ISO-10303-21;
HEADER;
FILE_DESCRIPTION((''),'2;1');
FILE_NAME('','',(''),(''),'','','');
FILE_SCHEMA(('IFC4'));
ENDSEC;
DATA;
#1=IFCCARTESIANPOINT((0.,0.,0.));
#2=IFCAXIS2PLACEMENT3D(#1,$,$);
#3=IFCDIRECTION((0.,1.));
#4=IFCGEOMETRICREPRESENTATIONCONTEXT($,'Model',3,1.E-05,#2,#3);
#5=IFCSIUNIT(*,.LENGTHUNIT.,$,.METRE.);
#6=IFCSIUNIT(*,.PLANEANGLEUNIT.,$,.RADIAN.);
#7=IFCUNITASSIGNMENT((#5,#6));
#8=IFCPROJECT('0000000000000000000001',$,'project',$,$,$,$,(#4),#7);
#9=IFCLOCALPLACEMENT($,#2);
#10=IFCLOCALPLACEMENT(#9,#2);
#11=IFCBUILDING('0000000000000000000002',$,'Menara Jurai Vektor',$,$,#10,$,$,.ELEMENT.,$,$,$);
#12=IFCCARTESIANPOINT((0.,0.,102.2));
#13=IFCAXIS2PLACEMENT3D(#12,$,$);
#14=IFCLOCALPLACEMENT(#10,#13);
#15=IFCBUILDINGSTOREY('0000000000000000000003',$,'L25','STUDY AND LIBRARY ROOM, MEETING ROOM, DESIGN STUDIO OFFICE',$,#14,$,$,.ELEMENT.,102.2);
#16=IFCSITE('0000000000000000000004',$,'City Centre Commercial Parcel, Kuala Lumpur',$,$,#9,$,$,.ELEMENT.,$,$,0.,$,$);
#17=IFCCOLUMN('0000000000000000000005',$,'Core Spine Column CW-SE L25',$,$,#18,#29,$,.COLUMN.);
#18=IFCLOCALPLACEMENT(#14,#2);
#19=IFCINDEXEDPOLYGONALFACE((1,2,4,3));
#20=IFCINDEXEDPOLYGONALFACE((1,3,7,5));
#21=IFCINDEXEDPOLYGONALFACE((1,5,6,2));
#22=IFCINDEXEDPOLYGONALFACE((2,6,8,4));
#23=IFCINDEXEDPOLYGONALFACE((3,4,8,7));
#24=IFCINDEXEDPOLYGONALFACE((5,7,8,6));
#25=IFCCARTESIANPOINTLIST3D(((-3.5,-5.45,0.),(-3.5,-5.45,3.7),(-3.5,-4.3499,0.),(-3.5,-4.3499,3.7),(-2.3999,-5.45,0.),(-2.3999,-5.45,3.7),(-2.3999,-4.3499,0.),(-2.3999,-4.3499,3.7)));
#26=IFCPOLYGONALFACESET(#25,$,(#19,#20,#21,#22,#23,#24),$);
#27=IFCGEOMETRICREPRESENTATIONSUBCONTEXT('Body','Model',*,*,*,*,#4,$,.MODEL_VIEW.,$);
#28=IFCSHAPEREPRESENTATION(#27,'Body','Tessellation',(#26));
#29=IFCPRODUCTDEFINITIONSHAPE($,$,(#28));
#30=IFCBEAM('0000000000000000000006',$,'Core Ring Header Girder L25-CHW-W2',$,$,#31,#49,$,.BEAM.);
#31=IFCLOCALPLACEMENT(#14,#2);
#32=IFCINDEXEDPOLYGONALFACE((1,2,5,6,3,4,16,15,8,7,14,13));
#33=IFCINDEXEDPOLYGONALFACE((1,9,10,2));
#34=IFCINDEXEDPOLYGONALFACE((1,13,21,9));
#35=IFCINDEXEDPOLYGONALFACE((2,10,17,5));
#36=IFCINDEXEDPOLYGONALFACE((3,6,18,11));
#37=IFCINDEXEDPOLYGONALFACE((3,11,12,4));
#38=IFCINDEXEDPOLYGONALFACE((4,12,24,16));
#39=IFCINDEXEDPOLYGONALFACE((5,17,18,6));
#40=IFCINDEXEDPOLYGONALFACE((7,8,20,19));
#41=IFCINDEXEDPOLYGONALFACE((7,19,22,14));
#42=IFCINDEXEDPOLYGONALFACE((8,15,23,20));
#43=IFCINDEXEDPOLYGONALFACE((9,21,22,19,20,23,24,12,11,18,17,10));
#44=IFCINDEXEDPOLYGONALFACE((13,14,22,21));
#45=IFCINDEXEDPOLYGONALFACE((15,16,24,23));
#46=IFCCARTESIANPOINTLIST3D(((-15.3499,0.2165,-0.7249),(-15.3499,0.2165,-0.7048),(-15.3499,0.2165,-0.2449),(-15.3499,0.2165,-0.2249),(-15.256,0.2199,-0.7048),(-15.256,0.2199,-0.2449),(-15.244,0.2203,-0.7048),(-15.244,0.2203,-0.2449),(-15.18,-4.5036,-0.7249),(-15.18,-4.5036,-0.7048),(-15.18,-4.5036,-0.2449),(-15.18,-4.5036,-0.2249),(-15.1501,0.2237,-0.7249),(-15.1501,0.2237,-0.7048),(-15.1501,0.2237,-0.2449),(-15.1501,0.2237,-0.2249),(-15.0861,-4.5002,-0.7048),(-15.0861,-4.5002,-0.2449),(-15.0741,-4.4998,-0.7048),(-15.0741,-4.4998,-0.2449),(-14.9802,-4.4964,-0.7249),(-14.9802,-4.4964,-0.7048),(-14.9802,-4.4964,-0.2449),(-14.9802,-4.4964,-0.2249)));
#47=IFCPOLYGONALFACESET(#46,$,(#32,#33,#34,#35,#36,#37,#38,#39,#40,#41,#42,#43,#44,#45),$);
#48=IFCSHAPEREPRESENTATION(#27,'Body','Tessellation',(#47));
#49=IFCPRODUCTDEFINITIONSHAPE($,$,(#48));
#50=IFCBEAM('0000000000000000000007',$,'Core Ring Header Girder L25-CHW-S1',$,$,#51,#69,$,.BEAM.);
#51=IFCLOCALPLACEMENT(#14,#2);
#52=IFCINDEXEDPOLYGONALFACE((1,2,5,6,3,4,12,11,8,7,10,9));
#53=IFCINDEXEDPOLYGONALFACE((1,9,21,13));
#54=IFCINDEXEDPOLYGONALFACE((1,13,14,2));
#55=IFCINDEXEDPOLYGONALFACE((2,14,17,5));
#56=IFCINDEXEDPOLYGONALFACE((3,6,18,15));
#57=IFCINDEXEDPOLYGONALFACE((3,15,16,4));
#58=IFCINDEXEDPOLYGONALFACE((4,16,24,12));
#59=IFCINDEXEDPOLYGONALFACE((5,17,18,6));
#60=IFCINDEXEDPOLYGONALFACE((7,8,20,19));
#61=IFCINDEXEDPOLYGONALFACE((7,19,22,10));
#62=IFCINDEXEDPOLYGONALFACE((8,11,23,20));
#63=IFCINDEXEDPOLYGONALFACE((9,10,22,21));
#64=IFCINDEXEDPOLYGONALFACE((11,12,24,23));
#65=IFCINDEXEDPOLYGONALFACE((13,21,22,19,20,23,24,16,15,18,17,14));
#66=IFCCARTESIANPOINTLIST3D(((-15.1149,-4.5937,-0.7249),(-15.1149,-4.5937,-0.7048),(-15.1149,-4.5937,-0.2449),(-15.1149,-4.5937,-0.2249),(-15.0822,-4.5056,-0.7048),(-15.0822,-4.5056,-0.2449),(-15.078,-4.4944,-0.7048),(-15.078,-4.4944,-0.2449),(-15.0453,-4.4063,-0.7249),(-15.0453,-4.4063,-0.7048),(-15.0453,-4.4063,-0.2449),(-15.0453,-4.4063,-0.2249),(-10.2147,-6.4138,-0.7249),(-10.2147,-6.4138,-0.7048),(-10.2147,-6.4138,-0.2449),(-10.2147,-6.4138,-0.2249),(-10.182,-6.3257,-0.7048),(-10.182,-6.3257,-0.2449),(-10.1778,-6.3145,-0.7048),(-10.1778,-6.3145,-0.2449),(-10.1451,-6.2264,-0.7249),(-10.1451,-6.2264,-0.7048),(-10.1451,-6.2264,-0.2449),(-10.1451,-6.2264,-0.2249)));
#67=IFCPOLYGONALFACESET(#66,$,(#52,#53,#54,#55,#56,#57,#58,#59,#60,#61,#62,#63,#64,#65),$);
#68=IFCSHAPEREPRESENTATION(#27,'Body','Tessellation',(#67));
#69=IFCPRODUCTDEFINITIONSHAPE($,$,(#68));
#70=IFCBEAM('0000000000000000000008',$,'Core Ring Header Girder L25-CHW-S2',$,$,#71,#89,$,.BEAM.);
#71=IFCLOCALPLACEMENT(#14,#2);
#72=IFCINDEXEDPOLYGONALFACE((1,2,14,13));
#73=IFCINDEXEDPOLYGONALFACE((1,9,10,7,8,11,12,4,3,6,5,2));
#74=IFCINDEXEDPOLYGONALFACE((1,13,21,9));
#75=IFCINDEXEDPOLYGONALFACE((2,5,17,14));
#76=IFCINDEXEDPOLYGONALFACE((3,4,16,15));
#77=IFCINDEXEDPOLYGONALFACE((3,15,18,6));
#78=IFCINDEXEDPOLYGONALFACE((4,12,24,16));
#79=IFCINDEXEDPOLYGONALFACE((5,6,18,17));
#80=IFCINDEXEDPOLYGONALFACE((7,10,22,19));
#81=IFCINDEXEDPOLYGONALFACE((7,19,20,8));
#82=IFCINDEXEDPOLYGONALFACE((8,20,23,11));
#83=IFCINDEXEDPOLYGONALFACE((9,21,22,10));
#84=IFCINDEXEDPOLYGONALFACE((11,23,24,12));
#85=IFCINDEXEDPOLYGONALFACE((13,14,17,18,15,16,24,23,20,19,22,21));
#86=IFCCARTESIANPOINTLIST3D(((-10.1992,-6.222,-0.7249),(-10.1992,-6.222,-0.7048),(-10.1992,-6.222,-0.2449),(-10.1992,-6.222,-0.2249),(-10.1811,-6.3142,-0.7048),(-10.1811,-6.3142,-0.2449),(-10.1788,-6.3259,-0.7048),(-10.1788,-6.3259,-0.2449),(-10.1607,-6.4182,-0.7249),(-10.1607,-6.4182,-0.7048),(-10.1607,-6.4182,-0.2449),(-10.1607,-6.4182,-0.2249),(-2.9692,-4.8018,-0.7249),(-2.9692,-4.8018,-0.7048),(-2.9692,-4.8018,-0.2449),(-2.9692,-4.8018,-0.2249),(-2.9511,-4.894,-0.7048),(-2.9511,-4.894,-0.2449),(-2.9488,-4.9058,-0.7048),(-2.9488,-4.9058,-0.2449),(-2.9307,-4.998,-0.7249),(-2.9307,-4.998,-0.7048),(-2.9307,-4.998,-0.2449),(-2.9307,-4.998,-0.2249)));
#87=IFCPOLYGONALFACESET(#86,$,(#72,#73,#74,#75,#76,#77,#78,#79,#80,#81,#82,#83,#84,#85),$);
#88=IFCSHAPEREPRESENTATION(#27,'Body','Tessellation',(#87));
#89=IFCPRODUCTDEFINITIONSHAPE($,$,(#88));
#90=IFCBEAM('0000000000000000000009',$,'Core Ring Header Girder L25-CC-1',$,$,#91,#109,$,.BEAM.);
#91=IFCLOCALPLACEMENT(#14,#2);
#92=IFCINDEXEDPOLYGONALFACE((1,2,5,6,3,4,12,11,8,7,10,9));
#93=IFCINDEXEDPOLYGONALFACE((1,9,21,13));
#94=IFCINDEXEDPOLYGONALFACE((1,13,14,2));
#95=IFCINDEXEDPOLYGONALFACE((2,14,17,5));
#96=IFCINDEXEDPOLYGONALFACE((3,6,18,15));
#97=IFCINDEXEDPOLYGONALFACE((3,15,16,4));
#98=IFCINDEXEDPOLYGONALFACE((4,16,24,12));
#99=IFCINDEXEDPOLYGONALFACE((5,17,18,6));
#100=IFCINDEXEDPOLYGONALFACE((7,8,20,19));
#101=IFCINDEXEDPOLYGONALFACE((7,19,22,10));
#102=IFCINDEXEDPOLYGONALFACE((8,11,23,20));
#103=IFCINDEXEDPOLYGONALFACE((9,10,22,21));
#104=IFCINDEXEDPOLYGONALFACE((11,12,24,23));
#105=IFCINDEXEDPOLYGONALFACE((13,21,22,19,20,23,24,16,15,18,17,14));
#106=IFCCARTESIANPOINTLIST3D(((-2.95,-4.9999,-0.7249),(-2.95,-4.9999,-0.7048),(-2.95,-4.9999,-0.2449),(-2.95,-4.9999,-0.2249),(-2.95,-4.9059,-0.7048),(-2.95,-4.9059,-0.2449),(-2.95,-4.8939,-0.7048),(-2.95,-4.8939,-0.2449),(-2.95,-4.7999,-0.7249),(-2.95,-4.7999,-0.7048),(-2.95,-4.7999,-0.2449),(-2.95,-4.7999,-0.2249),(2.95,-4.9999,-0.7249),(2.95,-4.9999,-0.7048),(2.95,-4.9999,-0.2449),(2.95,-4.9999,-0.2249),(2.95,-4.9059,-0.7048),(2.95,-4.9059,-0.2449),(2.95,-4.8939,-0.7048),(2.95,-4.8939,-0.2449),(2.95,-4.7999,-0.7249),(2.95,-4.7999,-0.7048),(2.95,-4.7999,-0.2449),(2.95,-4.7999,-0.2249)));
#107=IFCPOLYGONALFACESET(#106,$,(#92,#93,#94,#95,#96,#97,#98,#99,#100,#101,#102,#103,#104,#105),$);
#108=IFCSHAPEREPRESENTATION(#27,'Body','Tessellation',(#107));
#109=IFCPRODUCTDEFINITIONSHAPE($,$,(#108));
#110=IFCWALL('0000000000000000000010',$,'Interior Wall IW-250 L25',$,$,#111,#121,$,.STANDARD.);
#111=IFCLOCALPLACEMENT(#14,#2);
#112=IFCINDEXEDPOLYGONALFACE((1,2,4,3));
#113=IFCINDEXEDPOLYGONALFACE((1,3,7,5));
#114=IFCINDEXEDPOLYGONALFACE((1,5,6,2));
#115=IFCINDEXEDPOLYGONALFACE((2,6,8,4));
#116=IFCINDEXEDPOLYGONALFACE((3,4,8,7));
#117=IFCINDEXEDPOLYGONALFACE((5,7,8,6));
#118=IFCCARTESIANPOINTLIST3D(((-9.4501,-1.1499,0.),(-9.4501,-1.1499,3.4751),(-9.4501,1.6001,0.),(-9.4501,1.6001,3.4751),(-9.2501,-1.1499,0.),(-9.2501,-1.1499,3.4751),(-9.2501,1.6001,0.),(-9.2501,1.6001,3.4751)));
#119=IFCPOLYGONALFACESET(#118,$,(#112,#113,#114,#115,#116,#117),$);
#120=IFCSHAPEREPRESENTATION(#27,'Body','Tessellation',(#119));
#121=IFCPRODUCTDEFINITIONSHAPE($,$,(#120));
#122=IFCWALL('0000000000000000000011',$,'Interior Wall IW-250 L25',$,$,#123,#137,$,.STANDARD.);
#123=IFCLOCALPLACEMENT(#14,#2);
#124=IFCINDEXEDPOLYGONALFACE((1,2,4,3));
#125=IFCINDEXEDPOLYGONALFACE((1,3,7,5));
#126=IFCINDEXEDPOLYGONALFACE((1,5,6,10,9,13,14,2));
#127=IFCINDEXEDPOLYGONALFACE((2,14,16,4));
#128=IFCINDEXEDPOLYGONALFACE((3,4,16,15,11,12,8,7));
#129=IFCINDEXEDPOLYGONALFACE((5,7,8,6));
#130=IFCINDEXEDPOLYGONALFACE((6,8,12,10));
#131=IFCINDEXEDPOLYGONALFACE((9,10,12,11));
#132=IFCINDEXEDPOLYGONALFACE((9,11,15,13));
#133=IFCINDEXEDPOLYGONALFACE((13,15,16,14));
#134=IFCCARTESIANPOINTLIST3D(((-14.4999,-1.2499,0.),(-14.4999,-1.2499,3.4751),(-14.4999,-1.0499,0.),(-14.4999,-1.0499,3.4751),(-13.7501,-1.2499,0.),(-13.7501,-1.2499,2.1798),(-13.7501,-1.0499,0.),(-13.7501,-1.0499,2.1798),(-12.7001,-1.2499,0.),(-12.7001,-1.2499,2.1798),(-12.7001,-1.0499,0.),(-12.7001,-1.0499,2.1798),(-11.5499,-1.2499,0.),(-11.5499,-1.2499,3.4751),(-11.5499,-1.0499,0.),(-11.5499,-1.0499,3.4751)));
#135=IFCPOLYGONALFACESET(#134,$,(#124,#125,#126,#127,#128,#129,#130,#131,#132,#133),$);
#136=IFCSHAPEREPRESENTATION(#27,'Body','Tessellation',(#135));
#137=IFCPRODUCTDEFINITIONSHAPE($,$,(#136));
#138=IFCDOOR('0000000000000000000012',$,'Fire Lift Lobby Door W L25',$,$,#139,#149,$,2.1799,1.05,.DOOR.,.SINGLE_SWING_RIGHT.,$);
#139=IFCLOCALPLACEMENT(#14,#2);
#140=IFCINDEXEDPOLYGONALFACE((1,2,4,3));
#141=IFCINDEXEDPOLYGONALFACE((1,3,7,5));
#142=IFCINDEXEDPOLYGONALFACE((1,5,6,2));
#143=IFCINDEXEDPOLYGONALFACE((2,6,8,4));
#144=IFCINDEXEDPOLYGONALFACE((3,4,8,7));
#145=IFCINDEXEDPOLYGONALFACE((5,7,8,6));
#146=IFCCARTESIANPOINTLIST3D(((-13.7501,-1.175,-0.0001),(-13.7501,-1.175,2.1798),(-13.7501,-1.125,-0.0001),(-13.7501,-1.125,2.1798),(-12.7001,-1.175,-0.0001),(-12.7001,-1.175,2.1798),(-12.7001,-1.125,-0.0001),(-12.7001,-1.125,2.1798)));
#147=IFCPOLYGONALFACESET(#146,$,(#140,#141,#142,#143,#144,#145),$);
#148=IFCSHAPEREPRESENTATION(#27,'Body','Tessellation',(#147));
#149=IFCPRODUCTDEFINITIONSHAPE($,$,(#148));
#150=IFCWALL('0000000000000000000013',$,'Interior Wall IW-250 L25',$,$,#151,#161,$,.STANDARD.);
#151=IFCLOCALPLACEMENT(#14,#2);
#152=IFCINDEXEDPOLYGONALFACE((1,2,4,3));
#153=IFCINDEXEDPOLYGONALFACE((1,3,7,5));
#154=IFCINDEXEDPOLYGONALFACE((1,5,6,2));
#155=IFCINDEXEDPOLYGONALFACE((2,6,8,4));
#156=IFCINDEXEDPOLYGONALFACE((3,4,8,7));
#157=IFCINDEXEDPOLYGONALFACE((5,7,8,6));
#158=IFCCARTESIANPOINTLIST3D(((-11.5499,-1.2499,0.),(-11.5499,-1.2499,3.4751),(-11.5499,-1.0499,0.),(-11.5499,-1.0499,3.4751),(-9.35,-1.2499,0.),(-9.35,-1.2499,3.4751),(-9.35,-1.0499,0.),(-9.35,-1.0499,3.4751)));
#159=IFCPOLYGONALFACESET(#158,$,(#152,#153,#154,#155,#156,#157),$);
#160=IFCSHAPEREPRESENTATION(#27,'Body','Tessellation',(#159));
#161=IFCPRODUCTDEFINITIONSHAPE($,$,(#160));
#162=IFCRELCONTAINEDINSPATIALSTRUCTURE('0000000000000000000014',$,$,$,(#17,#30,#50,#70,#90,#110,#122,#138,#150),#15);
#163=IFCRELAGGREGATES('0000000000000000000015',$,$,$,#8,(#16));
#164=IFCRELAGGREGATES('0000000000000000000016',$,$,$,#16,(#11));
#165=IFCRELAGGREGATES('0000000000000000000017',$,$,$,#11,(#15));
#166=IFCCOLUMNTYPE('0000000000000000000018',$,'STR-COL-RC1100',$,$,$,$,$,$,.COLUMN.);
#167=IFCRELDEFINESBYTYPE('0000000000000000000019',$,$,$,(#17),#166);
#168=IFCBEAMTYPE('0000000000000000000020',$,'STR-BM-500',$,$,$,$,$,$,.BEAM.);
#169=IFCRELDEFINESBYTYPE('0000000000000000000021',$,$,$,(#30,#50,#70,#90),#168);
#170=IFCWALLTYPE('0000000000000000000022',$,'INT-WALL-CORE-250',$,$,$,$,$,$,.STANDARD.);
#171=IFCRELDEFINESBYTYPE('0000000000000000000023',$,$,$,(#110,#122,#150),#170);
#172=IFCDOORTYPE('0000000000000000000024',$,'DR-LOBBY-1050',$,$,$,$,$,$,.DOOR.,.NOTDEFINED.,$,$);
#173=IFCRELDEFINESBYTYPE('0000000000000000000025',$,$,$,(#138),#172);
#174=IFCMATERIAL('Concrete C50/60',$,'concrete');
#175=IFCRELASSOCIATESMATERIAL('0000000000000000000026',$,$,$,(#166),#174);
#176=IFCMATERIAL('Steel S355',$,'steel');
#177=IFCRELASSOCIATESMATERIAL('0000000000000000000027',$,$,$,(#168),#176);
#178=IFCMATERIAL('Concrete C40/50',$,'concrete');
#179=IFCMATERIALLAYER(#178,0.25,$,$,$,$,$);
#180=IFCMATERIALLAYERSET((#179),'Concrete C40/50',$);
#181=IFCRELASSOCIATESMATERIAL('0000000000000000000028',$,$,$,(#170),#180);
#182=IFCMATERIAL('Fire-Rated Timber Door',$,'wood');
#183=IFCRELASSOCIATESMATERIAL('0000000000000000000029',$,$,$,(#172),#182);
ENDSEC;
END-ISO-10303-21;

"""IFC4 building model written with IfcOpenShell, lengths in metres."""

from ifc_helpers import new_model, si_unit, direction, frame, frame_2d, origin, origin_2d, place, context, subcontext, project, spatial, rectangle, i_section, extrude, material, layer, layer_set, material_profile, profile_set, type_object, element, fill, save


model = new_model("IFC4")

# Units and contexts
model_context = context("Model", 3, precision=1e-05, world=origin(), true_north=direction((0.0, 1.0)))
body_context = subcontext(model_context, "Body", "Model", "MODEL_VIEW")
ifc_project = project(units=[si_unit("LENGTHUNIT", "METRE"), si_unit("PLANEANGLEUNIT", "RADIAN")], contexts=[model_context])

# Site, building, storey
site_placement = place(None, origin())
site = spatial("IfcSite", under=ifc_project, at=site_placement, Name="City Centre Commercial Parcel, Kuala Lumpur", CompositionType="ELEMENT", RefElevation=0.0)
building_placement = place(site_placement, origin())
building = spatial("IfcBuilding", under=site, at=building_placement, Name="Menara Jurai Vektor", CompositionType="ELEMENT")
storey_placement = place(building_placement, frame((0.0, 0.0, 102.2)))
storey = spatial("IfcBuildingStorey", under=building, at=storey_placement, Name="L25", Description="STUDY AND LIBRARY ROOM, MEETING ROOM, DESIGN STUDIO OFFICE", CompositionType="ELEMENT", Elevation=102.2)

# Column
ifc_material_1 = material(Name="Concrete C50/60", Category="concrete")
ifc_material_profile_1 = material_profile(ifc_material_1, rectangle(XDim=1.1001, YDim=1.1001, at=origin_2d()), Name="RC 1100x1100")
ifc_profile_set_1 = profile_set([ifc_material_profile_1], Name="Concrete C50/60")
column_type = type_object("IfcColumnType", Name="STR-COL-RC1100", PredefinedType="COLUMN", material=ifc_profile_set_1)
column_placement = place(storey_placement, frame((-2.95, -4.8999, 0.0), z_axis=(0.0, 0.0, 1.0), x_axis=(1.0, 0.0, 0.0)))
element("IfcColumn", 1, at=column_placement, inside=storey, type_object=column_type, Name="Core Spine Column CW-SE L25", PredefinedType="COLUMN", context=body_context, shape_type="SweptSolid", body=[
    extrude(rectangle(XDim=1.1001, YDim=1.1001, at=origin_2d()), origin(), (0.0, 0.0, 1.0), 3.7),
])

# Beams
ifc_material_2 = material(Name="Steel S355", Category="steel")
ifc_material_profile_2 = material_profile(ifc_material_2, i_section(OverallWidth=0.2, OverallDepth=0.5, WebThickness=0.012, FlangeThickness=0.02, at=origin_2d()), Name="PG 500x200x96")
ifc_profile_set_2 = profile_set([ifc_material_profile_2], Name="Steel S355")
beam_type = type_object("IfcBeamType", Name="STR-BM-500", PredefinedType="BEAM", material=ifc_profile_set_2)
beam_1_placement = place(storey_placement, frame((-15.0801, -4.5, -0.4749), z_axis=(-0.035977, 0.999353, 0.0), x_axis=(-0.999353, -0.035977, 0.0)))
element("IfcBeam", 2, at=beam_1_placement, inside=storey, type_object=beam_type, Name="Core Ring Header Girder L25-CHW-W2", PredefinedType="BEAM", context=body_context, shape_type="SweptSolid", body=[
    extrude(i_section(OverallWidth=0.2, OverallDepth=0.5, WebThickness=0.012, FlangeThickness=0.02, at=origin_2d()), origin(), (0.0, 0.0, 1.0), 4.7231),
])
beam_2_placement = place(storey_placement, frame((-15.0801, -4.5, -0.4749), z_axis=(0.937424, -0.348189, 0.0), x_axis=(0.348189, 0.937424, 0.0)))
element("IfcBeam", 3, at=beam_2_placement, inside=storey, type_object=beam_type, Name="Core Ring Header Girder L25-CHW-S1", PredefinedType="BEAM", context=body_context, shape_type="SweptSolid", body=[
    extrude(i_section(OverallWidth=0.2, OverallDepth=0.5, WebThickness=0.012, FlangeThickness=0.02, at=origin_2d()), origin(), (0.0, 0.0, 1.0), 5.2273),
])
beam_3_placement = place(storey_placement, frame((-10.1799, -6.3201, -0.4749), z_axis=(0.981249, 0.192744, 0.0), x_axis=(-0.192744, 0.981249, 0.0)))
element("IfcBeam", 4, at=beam_3_placement, inside=storey, type_object=beam_type, Name="Core Ring Header Girder L25-CHW-S2", PredefinedType="BEAM", context=body_context, shape_type="SweptSolid", body=[
    extrude(i_section(OverallWidth=0.2, OverallDepth=0.5, WebThickness=0.012, FlangeThickness=0.02, at=origin_2d()), origin(), (0.0, 0.0, 1.0), 7.3682),
])
beam_4_placement = place(storey_placement, frame((-2.95, -4.8999, -0.4749), z_axis=(1.0, 0.0, 0.0), x_axis=(0.0, 1.0, 0.0)))
element("IfcBeam", 5, at=beam_4_placement, inside=storey, type_object=beam_type, Name="Core Ring Header Girder L25-CC-1", PredefinedType="BEAM", context=body_context, shape_type="SweptSolid", body=[
    extrude(i_section(OverallWidth=0.2, OverallDepth=0.5, WebThickness=0.012, FlangeThickness=0.02, at=origin_2d()), origin(), (0.0, 0.0, 1.0), 5.8999),
])

# Shared definitions
ifc_material_3 = material(Name="Concrete C40/50", Category="concrete")
ifc_layer_1 = layer(ifc_material_3, 0.25)
ifc_layer_set_1 = layer_set([ifc_layer_1], Name="Concrete C40/50")
wall_type_1 = type_object("IfcWallType", Name="INT-WALL-CORE-250", PredefinedType="STANDARD", material=ifc_layer_set_1)

# Wall
wall_1_placement = place(storey_placement, frame((-9.3501, -1.1499, 0.0), z_axis=(0.0, 0.0, 1.0), x_axis=(0.0, 1.0, 0.0)))
element("IfcWall", 6, at=wall_1_placement, inside=storey, type_object=wall_type_1, Name="Interior Wall IW-250 L25", PredefinedType="STANDARD", context=body_context, shape_type="SweptSolid", body=[
    extrude(rectangle(XDim=2.75, YDim=0.2, at=frame_2d((1.375, 0.0))), origin(), (0.0, 0.0, 1.0), 3.4751),
])

# Wall, opening, door
wall_2_placement = place(storey_placement, frame((-14.5, -1.1499, 0.0), z_axis=(0.0, 0.0, 1.0), x_axis=(1.0, 0.0, 0.0)))
wall_2 = element("IfcWall", 7, at=wall_2_placement, inside=storey, type_object=wall_type_1, Name="Interior Wall IW-250 L25", PredefinedType="STANDARD", context=body_context, shape_type="SweptSolid", body=[
    extrude(rectangle(XDim=2.95, YDim=0.2, at=frame_2d((1.4751, 0.0))), origin(), (0.0, 0.0, 1.0), 3.4751),
])
opening_1_placement = place(wall_2_placement, frame((0.75, 0.0, 0.0)))
opening_1 = element("IfcOpeningElement", 8, at=opening_1_placement, cuts=wall_2, PredefinedType="OPENING", context=body_context, shape_type="SweptSolid", body=[
    extrude(rectangle(XDim=1.05, YDim=2.1799, at=frame_2d((0.5249, 1.0898))), frame((0.0, 0.1099, 0.0), z_axis=(0.0, -1.0, 0.0), x_axis=(1.0, 0.0, 0.0)), (0.0, 0.0, 1.0), 0.22),
])
ifc_material_4 = material(Name="Fire-Rated Timber Door", Category="wood")
door_type_1 = type_object("IfcDoorType", Name="DR-LOBBY-1050", OperationType="NOTDEFINED", PredefinedType="DOOR", material=ifc_material_4)
door_1_placement = place(opening_1_placement, origin())
door_1 = element("IfcDoor", 9, at=door_1_placement, inside=storey, type_object=door_type_1, Name="Fire Lift Lobby Door W L25", OperationType="SINGLE_SWING_RIGHT", OverallHeight=2.1799, OverallWidth=1.05, PredefinedType="DOOR", context=body_context, shape_type="SweptSolid", body=[
    extrude(rectangle(XDim=1.05, YDim=2.1799, at=frame_2d((0.5249, 1.0898))), frame((0.0, 0.0249, 0.0), z_axis=(0.0, -1.0, 0.0), x_axis=(1.0, 0.0, 0.0)), (0.0, 0.0, 1.0), 0.05),
])
fill(opening_1, door_1)

# Wall
wall_3_placement = place(storey_placement, frame((-11.55, -1.1499, 0.0), z_axis=(0.0, 0.0, 1.0), x_axis=(1.0, 0.0, 0.0)))
element("IfcWall", 10, at=wall_3_placement, inside=storey, type_object=wall_type_1, Name="Interior Wall IW-250 L25", PredefinedType="STANDARD", context=body_context, shape_type="SweptSolid", body=[
    extrude(rectangle(XDim=2.2, YDim=0.2, at=frame_2d((1.1001, 0.0))), origin(), (0.0, 0.0, 1.0), 3.4751),
])

save(model, "model.ifc")
